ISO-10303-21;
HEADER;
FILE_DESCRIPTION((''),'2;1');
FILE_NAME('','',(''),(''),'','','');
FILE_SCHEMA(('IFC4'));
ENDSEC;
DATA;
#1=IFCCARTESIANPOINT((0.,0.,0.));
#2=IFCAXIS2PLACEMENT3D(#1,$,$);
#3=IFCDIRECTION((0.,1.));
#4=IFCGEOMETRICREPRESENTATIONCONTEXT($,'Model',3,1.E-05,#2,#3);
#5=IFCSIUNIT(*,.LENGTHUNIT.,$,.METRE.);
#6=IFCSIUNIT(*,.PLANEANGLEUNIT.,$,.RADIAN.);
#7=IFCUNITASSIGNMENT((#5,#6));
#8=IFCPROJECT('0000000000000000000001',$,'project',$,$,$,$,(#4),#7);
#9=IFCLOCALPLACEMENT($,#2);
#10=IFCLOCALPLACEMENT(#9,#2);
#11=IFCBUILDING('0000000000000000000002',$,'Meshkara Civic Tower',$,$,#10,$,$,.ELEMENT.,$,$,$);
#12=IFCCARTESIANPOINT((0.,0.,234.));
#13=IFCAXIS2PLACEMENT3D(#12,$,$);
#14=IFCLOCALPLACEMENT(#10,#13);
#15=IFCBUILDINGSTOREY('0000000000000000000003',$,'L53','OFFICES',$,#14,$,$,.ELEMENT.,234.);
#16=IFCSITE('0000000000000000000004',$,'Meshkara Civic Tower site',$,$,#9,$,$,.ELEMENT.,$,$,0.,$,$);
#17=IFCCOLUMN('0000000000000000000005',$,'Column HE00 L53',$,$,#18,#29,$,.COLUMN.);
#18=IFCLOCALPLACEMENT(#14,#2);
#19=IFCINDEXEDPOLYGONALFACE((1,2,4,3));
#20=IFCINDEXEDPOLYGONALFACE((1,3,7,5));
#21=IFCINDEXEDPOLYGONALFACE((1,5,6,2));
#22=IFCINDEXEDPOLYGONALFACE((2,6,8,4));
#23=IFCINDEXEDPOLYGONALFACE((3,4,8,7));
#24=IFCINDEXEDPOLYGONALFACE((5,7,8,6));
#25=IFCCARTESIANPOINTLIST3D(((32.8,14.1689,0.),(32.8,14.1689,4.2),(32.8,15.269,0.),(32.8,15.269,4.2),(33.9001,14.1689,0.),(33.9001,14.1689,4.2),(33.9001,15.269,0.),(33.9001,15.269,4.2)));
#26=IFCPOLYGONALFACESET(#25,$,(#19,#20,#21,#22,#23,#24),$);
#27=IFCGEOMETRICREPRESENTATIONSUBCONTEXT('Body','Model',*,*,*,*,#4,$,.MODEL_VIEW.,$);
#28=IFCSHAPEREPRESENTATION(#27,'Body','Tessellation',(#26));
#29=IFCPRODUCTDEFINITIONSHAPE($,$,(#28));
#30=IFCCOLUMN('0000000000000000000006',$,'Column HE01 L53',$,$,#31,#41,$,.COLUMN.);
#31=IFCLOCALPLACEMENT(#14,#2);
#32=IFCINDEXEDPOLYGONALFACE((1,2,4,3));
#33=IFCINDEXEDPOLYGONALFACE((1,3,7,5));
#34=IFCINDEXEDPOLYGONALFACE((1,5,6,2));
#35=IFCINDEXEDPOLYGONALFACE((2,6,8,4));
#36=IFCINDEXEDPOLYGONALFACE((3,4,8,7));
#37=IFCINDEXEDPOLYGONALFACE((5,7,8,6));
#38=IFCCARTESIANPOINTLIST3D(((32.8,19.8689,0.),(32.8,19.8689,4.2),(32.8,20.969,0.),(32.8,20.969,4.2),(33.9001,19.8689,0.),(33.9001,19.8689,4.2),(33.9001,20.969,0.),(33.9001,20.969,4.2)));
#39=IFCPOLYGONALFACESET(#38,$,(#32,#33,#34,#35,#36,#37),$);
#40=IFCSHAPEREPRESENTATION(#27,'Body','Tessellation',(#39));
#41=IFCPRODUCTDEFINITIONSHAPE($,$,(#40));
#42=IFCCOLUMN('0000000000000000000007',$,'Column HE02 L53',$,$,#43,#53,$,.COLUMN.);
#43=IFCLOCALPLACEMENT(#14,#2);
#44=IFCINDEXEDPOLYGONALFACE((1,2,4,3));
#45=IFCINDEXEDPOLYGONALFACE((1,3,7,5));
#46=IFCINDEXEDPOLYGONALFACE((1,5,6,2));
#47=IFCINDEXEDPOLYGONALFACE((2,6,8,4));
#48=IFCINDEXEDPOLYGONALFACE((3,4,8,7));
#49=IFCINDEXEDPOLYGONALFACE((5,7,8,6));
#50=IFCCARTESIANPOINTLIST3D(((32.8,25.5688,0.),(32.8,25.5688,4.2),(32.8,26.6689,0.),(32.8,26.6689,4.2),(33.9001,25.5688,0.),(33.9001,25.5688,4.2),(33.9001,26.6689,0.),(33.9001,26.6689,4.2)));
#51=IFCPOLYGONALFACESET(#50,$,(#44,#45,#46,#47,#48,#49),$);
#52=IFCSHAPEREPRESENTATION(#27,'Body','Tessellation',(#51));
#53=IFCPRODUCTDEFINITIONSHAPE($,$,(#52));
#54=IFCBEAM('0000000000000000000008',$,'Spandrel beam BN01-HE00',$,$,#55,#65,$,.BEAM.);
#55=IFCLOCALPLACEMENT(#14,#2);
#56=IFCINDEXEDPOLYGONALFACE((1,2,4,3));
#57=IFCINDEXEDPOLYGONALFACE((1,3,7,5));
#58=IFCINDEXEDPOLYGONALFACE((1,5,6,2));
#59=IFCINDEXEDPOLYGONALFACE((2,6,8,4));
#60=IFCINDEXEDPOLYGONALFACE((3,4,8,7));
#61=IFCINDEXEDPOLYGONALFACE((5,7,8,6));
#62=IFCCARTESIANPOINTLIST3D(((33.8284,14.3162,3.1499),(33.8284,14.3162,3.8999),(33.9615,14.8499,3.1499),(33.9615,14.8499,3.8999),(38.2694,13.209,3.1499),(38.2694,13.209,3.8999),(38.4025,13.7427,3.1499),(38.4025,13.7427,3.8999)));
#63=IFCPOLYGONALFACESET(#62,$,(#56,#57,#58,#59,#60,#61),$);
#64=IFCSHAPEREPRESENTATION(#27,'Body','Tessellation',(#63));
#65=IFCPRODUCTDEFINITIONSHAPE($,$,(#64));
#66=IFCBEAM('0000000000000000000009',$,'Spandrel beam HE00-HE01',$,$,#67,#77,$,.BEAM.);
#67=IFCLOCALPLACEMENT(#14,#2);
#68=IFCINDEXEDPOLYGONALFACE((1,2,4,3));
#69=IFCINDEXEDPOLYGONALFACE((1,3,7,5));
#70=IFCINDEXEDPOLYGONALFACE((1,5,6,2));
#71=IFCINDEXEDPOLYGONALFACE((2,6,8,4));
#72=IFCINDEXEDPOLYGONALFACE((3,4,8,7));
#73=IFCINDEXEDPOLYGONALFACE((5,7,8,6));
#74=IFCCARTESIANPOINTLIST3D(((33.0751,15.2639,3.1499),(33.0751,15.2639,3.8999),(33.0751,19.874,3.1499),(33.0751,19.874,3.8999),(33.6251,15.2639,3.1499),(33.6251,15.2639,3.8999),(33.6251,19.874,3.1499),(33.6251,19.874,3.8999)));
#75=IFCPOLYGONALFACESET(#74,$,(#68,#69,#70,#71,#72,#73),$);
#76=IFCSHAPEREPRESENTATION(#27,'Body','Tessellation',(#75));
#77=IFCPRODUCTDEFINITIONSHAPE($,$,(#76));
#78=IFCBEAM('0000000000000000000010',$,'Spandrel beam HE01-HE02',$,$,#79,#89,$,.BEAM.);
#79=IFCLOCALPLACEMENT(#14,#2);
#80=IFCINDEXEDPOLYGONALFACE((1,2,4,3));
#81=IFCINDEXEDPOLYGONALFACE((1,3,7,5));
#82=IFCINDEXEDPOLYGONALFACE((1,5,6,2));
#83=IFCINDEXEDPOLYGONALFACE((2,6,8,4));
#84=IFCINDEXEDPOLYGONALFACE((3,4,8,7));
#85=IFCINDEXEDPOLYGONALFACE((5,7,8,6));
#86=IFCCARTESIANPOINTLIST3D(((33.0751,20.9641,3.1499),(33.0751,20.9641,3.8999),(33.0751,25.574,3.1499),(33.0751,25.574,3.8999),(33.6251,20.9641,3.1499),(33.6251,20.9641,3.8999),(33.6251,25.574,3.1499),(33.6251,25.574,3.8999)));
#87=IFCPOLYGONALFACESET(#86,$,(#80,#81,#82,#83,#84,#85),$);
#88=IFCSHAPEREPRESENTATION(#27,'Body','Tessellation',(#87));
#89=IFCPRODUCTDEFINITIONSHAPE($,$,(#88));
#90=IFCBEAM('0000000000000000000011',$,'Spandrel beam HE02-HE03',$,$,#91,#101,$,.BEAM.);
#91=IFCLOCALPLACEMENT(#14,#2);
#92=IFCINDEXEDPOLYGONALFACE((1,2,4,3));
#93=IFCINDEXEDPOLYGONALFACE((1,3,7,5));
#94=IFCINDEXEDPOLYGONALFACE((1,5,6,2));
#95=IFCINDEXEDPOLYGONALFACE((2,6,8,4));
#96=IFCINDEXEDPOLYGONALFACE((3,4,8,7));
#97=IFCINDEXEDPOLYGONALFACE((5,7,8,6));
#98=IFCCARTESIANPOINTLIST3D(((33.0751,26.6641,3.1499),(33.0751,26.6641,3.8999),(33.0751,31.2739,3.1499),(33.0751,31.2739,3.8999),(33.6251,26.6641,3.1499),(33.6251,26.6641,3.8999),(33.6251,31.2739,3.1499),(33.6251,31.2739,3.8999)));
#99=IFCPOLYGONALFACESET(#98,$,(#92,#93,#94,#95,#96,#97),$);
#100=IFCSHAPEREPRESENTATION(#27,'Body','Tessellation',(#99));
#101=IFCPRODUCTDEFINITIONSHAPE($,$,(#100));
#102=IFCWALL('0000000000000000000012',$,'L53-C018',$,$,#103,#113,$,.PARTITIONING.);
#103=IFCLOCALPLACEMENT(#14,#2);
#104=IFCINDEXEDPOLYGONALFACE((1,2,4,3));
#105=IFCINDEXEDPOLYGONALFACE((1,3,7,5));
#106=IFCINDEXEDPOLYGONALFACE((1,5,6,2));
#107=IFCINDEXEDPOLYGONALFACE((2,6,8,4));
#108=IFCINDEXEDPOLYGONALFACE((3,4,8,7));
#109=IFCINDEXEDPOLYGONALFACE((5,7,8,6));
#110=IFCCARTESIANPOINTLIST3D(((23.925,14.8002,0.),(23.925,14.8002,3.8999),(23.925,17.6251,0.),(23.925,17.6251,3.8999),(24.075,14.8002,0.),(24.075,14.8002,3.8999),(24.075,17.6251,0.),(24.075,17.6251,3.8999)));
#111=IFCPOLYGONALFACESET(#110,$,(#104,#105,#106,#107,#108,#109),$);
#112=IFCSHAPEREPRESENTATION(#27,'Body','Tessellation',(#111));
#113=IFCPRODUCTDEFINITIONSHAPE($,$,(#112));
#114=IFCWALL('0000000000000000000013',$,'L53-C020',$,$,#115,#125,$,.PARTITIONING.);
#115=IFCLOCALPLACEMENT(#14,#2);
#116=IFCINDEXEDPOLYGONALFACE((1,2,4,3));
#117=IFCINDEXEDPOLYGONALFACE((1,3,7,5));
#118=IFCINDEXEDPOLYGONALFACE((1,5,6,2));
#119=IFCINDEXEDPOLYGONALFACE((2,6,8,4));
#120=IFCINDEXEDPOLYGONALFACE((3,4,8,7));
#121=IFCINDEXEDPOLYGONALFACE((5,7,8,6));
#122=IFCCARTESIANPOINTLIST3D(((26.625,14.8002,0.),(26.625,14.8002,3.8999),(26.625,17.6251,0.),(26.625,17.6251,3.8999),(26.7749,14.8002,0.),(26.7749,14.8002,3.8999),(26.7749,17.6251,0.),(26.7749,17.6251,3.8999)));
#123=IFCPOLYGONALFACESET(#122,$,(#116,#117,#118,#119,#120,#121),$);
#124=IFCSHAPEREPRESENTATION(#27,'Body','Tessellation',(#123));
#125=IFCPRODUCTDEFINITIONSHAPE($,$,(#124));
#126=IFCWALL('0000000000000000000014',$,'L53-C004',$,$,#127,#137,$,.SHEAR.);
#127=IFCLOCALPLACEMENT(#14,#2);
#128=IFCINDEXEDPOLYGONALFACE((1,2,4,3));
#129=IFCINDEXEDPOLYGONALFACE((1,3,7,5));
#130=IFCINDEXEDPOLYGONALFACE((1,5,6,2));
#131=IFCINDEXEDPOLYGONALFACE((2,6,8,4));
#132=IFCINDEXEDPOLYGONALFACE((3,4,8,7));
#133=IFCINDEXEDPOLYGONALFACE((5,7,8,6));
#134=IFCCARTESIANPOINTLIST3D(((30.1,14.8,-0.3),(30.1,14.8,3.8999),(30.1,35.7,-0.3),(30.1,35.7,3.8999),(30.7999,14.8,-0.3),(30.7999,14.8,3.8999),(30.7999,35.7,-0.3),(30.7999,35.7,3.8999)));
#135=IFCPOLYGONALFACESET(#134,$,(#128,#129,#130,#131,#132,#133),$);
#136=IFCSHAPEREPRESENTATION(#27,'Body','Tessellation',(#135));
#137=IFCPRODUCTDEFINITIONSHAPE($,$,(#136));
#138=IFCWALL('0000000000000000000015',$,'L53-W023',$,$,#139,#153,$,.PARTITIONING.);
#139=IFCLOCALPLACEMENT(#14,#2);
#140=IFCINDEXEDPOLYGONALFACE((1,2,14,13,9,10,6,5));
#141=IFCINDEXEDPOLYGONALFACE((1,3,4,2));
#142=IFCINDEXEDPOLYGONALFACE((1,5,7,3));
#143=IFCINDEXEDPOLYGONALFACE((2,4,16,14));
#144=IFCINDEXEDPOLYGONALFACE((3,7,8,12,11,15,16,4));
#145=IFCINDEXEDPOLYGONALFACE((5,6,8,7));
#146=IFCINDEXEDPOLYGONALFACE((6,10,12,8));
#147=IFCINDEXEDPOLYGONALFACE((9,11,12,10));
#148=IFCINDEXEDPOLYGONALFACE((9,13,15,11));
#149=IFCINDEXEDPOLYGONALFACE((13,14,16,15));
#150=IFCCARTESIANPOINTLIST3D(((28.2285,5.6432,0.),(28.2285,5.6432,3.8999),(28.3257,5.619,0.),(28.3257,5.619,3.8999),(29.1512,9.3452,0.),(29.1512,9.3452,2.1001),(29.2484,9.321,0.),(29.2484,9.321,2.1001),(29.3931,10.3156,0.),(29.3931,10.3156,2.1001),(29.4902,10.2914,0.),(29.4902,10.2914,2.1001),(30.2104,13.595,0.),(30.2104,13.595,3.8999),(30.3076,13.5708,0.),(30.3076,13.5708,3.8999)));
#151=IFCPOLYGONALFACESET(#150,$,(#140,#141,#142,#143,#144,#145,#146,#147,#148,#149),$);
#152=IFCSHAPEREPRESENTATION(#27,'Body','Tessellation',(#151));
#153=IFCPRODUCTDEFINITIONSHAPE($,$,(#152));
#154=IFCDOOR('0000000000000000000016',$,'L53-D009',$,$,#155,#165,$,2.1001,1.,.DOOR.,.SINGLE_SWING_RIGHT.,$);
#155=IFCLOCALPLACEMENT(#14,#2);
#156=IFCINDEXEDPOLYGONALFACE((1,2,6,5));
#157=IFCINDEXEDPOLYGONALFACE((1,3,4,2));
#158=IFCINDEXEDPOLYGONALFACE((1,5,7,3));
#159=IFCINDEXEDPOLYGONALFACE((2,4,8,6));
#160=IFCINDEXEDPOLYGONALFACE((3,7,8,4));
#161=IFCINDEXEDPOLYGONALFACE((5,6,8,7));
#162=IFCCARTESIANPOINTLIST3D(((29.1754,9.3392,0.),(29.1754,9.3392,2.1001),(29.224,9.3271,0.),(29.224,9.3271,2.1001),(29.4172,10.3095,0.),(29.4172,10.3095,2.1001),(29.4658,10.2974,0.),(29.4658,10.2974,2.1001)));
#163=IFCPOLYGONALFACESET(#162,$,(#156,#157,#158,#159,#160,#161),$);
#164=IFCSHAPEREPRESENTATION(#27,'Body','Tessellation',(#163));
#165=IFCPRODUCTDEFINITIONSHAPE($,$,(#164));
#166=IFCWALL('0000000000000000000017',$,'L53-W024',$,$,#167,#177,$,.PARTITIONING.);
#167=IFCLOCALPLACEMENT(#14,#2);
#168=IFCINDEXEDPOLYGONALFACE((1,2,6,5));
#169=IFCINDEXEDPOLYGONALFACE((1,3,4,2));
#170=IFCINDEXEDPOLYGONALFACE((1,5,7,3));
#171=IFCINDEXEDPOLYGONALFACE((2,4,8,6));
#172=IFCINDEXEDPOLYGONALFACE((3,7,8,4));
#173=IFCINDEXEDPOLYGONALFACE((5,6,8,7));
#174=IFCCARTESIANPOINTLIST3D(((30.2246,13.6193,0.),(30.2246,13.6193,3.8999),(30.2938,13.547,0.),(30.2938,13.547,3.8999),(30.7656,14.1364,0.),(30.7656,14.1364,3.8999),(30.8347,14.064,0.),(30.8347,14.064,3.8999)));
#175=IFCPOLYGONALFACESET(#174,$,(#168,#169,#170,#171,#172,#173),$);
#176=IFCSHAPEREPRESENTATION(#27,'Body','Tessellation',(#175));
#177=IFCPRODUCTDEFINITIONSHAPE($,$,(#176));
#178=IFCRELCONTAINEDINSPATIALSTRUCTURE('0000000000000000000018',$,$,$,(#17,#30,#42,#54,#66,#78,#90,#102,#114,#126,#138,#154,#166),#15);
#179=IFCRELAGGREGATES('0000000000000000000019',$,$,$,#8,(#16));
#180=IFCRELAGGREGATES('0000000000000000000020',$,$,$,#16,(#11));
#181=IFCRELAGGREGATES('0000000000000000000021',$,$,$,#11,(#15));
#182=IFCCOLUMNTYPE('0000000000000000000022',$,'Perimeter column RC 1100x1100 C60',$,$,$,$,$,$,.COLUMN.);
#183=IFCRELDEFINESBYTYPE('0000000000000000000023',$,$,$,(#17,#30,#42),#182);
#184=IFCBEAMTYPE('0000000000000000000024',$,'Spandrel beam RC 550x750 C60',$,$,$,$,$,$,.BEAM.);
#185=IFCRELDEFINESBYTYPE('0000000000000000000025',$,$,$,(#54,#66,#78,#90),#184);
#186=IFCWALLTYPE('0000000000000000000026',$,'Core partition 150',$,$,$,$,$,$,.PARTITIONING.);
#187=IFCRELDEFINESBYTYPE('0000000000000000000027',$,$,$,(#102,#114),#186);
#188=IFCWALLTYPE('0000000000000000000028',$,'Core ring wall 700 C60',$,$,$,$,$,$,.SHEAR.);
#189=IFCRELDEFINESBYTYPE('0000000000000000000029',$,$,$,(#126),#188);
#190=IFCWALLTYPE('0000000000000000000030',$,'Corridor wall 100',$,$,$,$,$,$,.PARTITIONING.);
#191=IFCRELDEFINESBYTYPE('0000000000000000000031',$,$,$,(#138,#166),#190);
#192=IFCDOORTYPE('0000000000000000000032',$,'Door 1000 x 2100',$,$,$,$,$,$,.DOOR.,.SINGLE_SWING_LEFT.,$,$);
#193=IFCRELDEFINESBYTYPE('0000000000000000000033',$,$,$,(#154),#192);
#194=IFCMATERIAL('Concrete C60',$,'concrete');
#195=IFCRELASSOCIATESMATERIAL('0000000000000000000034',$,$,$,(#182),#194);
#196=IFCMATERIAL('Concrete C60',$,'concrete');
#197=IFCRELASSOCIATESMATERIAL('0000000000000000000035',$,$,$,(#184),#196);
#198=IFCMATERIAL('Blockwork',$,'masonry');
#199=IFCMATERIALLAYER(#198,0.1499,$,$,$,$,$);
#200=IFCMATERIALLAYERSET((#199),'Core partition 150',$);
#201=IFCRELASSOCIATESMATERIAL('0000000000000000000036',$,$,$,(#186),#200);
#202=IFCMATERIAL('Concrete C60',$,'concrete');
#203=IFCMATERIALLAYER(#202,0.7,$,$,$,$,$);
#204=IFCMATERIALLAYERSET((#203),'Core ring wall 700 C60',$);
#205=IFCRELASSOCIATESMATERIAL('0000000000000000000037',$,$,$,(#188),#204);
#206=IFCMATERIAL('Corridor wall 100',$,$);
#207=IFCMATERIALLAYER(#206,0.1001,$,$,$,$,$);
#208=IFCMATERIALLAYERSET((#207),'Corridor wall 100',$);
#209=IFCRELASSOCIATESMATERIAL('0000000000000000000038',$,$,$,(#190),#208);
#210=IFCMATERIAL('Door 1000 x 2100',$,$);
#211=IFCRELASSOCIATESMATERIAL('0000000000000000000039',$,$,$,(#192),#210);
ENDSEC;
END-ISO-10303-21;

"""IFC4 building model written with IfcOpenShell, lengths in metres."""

from ifc_helpers import new_model, si_unit, direction, frame, frame_2d, origin, origin_2d, place, context, subcontext, project, spatial, rectangle, extrude, material, layer, layer_set, material_profile, profile_set, type_object, element, fill, save


model = new_model("IFC4")

# Units and contexts
model_context = context("Model", 3, precision=1e-05, world=origin(), true_north=direction((0.0, 1.0)))
body_context = subcontext(model_context, "Body", "Model", "MODEL_VIEW")
ifc_project = project(units=[si_unit("LENGTHUNIT", "METRE"), si_unit("PLANEANGLEUNIT", "RADIAN")], contexts=[model_context])

# Site, building, storey
site_placement = place(None, origin())
site = spatial("IfcSite", under=ifc_project, at=site_placement, Name="Meshkara Civic Tower site", CompositionType="ELEMENT", RefElevation=0.0)
building_placement = place(site_placement, origin())
building = spatial("IfcBuilding", under=site, at=building_placement, Name="Meshkara Civic Tower", CompositionType="ELEMENT")
storey_placement = place(building_placement, frame((0.0, 0.0, 234.0)))
storey = spatial("IfcBuildingStorey", under=building, at=storey_placement, Name="L53", Description="OFFICES", CompositionType="ELEMENT", Elevation=234.0)

# Columns
ifc_material_1 = material(Name="Concrete C60", Category="concrete")
ifc_material_profile_1 = material_profile(ifc_material_1, rectangle(XDim=1.1001, YDim=1.1001, at=origin_2d()))
ifc_profile_set_1 = profile_set([ifc_material_profile_1], Name="Concrete C60")
column_type = type_object("IfcColumnType", Name="Perimeter column RC 1100x1100 C60", PredefinedType="COLUMN", material=ifc_profile_set_1)
for number, where, z_axis, x_axis, name in (
    (1, (33.3501, 14.719, 0.0), (0.0, 0.0, 1.0), (1.0, 0.0, 0.0), "Column HE00 L53"),
    (2, (33.3501, 20.4189, 0.0), (0.0, 0.0, 1.0), (1.0, 0.0, 0.0), "Column HE01 L53"),
    (3, (33.3501, 26.1189, 0.0), (0.0, 0.0, 1.0), (1.0, 0.0, 0.0), "Column HE02 L53"),
):
    element("IfcColumn", number, at=place(storey_placement, frame(where, z_axis=z_axis, x_axis=x_axis)), inside=storey, type_object=column_type, Name=name, PredefinedType="COLUMN", context=body_context, shape_type="SweptSolid", body=[
        extrude(rectangle(XDim=1.1001, YDim=1.1001, at=origin_2d()), origin(), (0.0, 0.0, 1.0), 4.2),
    ])

# Beams
ifc_material_2 = material(Name="Concrete C60", Category="concrete")
ifc_material_profile_2 = material_profile(ifc_material_2, rectangle(XDim=0.55, YDim=0.75, at=origin_2d()))
ifc_profile_set_2 = profile_set([ifc_material_profile_2], Name="Concrete C60")
beam_type = type_object("IfcBeamType", Name="Spandrel beam RC 550x750 C60", PredefinedType="BEAM", material=ifc_profile_set_2)
beam_1_placement = place(storey_placement, frame((38.3359, 13.4758, 3.5249), z_axis=(-0.970299, 0.241908, 0.0), x_axis=(-0.241908, -0.970299, 0.0)))
element("IfcBeam", 4, at=beam_1_placement, inside=storey, type_object=beam_type, Name="Spandrel beam BN01-HE00", PredefinedType="BEAM", context=body_context, shape_type="SweptSolid", body=[
    extrude(rectangle(XDim=0.55, YDim=0.75, at=origin_2d()), origin(), (0.0, 0.0, 1.0), 4.5769),
])
beam_2_placement = place(storey_placement, frame((33.3501, 15.2639, 3.5249), z_axis=(0.0, 1.0, 0.0), x_axis=(-1.0, 0.0, 0.0)))
element("IfcBeam", 5, at=beam_2_placement, inside=storey, type_object=beam_type, Name="Spandrel beam HE00-HE01", PredefinedType="BEAM", context=body_context, shape_type="SweptSolid", body=[
    extrude(rectangle(XDim=0.55, YDim=0.75, at=origin_2d()), origin(), (0.0, 0.0, 1.0), 4.6101),
])
for number, where, z_axis, x_axis, name in (
    (6, (33.3501, 20.9641, 3.5249), (0.0, 1.0, 0.0), (-1.0, 0.0, 0.0), "Spandrel beam HE01-HE02"),
    (7, (33.3501, 26.6641, 3.5249), (0.0, 1.0, 0.0), (-1.0, 0.0, 0.0), "Spandrel beam HE02-HE03"),
):
    element("IfcBeam", number, at=place(storey_placement, frame(where, z_axis=z_axis, x_axis=x_axis)), inside=storey, type_object=beam_type, Name=name, PredefinedType="BEAM", context=body_context, shape_type="SweptSolid", body=[
        extrude(rectangle(XDim=0.55, YDim=0.75, at=origin_2d()), origin(), (0.0, 0.0, 1.0), 4.6099),
    ])

# Walls
ifc_material_3 = material(Name="Blockwork", Category="masonry")
ifc_layer_1 = layer(ifc_material_3, 0.1499)
ifc_layer_set_1 = layer_set([ifc_layer_1], Name="Core partition 150")
wall_type_1 = type_object("IfcWallType", Name="Core partition 150", PredefinedType="PARTITIONING", material=ifc_layer_set_1)
for number, where, z_axis, x_axis, name in (
    (8, (24.0, 14.8, 0.0), (0.0, 0.0, 1.0), (0.0, 1.0, 0.0), "L53-C018"),
    (9, (26.7, 14.8, 0.0), (0.0, 0.0, 1.0), (0.0, 1.0, 0.0), "L53-C020"),
):
    element("IfcWall", number, at=place(storey_placement, frame(where, z_axis=z_axis, x_axis=x_axis)), inside=storey, type_object=wall_type_1, Name=name, PredefinedType="PARTITIONING", context=body_context, shape_type="SweptSolid", body=[
        extrude(rectangle(XDim=2.825, YDim=0.1499, at=frame_2d((1.4126, 0.0))), origin(), (0.0, 0.0, 1.0), 3.8999),
    ])
ifc_material_4 = material(Name="Concrete C60", Category="concrete")
ifc_layer_2 = layer(ifc_material_4, 0.7)
ifc_layer_set_2 = layer_set([ifc_layer_2], Name="Core ring wall 700 C60")
wall_type_2 = type_object("IfcWallType", Name="Core ring wall 700 C60", PredefinedType="SHEAR", material=ifc_layer_set_2)
wall_1_placement = place(storey_placement, frame((30.45, 14.8, -0.3), z_axis=(0.0, 0.0, 1.0), x_axis=(0.0, 1.0, 0.0)))
element("IfcWall", 10, at=wall_1_placement, inside=storey, type_object=wall_type_2, Name="L53-C004", PredefinedType="SHEAR", context=body_context, shape_type="SweptSolid", body=[
    extrude(rectangle(XDim=20.8999, YDim=0.7, at=frame_2d((10.45, 0.0))), origin(), (0.0, 0.0, 1.0), 4.2),
])

# Wall, opening, door
ifc_material_5 = material(Name="Corridor wall 100")
ifc_layer_3 = layer(ifc_material_5, 0.1001)
ifc_layer_set_3 = layer_set([ifc_layer_3], Name="Corridor wall 100")
wall_type_3 = type_object("IfcWallType", Name="Corridor wall 100", PredefinedType="PARTITIONING", material=ifc_layer_set_3)
wall_2_placement = place(storey_placement, frame((30.259, 13.583, 0.0), z_axis=(0.0, 0.0, 1.0), x_axis=(-0.241842, -0.970316, 0.0)))
wall_2 = element("IfcWall", 11, at=wall_2_placement, inside=storey, type_object=wall_type_3, Name="L53-W023", PredefinedType="PARTITIONING", context=body_context, shape_type="SweptSolid", body=[
    extrude(rectangle(XDim=8.1951, YDim=0.1001, at=frame_2d((4.0977, 0.0))), origin(), (0.0, 0.0, 1.0), 3.8999),
])
opening_1_placement = place(wall_2_placement, frame((3.3799, 0.0, 0.0)))
opening_1 = element("IfcOpeningElement", 12, at=opening_1_placement, cuts=wall_2, PredefinedType="OPENING", context=body_context, shape_type="SweptSolid", body=[
    extrude(rectangle(XDim=1.0, YDim=2.1001, at=frame_2d((0.5, 1.05))), frame((0.0, 0.0601, 0.0), z_axis=(0.0, -1.0, 0.0), x_axis=(1.0, 0.0, 0.0)), (0.0, 0.0, 1.0), 0.1201),
])
ifc_material_6 = material(Name="Door 1000 x 2100")
door_type_1 = type_object("IfcDoorType", Name="Door 1000 x 2100", OperationType="SINGLE_SWING_LEFT", PredefinedType="DOOR", material=ifc_material_6)
door_1_placement = place(opening_1_placement, origin())
door_1 = element("IfcDoor", 13, at=door_1_placement, inside=storey, type_object=door_type_1, Name="L53-D009", OperationType="SINGLE_SWING_RIGHT", OverallHeight=2.1001, OverallWidth=1.0, PredefinedType="DOOR", context=body_context, shape_type="SweptSolid", body=[
    extrude(rectangle(XDim=1.0, YDim=2.1001, at=frame_2d((0.5, 1.05))), frame((0.0, 0.0249, 0.0), z_axis=(0.0, -1.0, 0.0), x_axis=(1.0, 0.0, 0.0)), (0.0, 0.0, 1.0), 0.05),
])
fill(opening_1, door_1)

# Wall
wall_3_placement = place(storey_placement, frame((30.8, 14.1001, 0.0), z_axis=(0.0, 0.0, 1.0), x_axis=(-0.722911, -0.690941, 0.0)))
element("IfcWall", 14, at=wall_3_placement, inside=storey, type_object=wall_type_3, Name="L53-W024", PredefinedType="PARTITIONING", context=body_context, shape_type="SweptSolid", body=[
    extrude(rectangle(XDim=0.7483, YDim=0.1001, at=frame_2d((0.374, 0.0))), origin(), (0.0, 0.0, 1.0), 3.8999),
])

save(model, "model.ifc")
